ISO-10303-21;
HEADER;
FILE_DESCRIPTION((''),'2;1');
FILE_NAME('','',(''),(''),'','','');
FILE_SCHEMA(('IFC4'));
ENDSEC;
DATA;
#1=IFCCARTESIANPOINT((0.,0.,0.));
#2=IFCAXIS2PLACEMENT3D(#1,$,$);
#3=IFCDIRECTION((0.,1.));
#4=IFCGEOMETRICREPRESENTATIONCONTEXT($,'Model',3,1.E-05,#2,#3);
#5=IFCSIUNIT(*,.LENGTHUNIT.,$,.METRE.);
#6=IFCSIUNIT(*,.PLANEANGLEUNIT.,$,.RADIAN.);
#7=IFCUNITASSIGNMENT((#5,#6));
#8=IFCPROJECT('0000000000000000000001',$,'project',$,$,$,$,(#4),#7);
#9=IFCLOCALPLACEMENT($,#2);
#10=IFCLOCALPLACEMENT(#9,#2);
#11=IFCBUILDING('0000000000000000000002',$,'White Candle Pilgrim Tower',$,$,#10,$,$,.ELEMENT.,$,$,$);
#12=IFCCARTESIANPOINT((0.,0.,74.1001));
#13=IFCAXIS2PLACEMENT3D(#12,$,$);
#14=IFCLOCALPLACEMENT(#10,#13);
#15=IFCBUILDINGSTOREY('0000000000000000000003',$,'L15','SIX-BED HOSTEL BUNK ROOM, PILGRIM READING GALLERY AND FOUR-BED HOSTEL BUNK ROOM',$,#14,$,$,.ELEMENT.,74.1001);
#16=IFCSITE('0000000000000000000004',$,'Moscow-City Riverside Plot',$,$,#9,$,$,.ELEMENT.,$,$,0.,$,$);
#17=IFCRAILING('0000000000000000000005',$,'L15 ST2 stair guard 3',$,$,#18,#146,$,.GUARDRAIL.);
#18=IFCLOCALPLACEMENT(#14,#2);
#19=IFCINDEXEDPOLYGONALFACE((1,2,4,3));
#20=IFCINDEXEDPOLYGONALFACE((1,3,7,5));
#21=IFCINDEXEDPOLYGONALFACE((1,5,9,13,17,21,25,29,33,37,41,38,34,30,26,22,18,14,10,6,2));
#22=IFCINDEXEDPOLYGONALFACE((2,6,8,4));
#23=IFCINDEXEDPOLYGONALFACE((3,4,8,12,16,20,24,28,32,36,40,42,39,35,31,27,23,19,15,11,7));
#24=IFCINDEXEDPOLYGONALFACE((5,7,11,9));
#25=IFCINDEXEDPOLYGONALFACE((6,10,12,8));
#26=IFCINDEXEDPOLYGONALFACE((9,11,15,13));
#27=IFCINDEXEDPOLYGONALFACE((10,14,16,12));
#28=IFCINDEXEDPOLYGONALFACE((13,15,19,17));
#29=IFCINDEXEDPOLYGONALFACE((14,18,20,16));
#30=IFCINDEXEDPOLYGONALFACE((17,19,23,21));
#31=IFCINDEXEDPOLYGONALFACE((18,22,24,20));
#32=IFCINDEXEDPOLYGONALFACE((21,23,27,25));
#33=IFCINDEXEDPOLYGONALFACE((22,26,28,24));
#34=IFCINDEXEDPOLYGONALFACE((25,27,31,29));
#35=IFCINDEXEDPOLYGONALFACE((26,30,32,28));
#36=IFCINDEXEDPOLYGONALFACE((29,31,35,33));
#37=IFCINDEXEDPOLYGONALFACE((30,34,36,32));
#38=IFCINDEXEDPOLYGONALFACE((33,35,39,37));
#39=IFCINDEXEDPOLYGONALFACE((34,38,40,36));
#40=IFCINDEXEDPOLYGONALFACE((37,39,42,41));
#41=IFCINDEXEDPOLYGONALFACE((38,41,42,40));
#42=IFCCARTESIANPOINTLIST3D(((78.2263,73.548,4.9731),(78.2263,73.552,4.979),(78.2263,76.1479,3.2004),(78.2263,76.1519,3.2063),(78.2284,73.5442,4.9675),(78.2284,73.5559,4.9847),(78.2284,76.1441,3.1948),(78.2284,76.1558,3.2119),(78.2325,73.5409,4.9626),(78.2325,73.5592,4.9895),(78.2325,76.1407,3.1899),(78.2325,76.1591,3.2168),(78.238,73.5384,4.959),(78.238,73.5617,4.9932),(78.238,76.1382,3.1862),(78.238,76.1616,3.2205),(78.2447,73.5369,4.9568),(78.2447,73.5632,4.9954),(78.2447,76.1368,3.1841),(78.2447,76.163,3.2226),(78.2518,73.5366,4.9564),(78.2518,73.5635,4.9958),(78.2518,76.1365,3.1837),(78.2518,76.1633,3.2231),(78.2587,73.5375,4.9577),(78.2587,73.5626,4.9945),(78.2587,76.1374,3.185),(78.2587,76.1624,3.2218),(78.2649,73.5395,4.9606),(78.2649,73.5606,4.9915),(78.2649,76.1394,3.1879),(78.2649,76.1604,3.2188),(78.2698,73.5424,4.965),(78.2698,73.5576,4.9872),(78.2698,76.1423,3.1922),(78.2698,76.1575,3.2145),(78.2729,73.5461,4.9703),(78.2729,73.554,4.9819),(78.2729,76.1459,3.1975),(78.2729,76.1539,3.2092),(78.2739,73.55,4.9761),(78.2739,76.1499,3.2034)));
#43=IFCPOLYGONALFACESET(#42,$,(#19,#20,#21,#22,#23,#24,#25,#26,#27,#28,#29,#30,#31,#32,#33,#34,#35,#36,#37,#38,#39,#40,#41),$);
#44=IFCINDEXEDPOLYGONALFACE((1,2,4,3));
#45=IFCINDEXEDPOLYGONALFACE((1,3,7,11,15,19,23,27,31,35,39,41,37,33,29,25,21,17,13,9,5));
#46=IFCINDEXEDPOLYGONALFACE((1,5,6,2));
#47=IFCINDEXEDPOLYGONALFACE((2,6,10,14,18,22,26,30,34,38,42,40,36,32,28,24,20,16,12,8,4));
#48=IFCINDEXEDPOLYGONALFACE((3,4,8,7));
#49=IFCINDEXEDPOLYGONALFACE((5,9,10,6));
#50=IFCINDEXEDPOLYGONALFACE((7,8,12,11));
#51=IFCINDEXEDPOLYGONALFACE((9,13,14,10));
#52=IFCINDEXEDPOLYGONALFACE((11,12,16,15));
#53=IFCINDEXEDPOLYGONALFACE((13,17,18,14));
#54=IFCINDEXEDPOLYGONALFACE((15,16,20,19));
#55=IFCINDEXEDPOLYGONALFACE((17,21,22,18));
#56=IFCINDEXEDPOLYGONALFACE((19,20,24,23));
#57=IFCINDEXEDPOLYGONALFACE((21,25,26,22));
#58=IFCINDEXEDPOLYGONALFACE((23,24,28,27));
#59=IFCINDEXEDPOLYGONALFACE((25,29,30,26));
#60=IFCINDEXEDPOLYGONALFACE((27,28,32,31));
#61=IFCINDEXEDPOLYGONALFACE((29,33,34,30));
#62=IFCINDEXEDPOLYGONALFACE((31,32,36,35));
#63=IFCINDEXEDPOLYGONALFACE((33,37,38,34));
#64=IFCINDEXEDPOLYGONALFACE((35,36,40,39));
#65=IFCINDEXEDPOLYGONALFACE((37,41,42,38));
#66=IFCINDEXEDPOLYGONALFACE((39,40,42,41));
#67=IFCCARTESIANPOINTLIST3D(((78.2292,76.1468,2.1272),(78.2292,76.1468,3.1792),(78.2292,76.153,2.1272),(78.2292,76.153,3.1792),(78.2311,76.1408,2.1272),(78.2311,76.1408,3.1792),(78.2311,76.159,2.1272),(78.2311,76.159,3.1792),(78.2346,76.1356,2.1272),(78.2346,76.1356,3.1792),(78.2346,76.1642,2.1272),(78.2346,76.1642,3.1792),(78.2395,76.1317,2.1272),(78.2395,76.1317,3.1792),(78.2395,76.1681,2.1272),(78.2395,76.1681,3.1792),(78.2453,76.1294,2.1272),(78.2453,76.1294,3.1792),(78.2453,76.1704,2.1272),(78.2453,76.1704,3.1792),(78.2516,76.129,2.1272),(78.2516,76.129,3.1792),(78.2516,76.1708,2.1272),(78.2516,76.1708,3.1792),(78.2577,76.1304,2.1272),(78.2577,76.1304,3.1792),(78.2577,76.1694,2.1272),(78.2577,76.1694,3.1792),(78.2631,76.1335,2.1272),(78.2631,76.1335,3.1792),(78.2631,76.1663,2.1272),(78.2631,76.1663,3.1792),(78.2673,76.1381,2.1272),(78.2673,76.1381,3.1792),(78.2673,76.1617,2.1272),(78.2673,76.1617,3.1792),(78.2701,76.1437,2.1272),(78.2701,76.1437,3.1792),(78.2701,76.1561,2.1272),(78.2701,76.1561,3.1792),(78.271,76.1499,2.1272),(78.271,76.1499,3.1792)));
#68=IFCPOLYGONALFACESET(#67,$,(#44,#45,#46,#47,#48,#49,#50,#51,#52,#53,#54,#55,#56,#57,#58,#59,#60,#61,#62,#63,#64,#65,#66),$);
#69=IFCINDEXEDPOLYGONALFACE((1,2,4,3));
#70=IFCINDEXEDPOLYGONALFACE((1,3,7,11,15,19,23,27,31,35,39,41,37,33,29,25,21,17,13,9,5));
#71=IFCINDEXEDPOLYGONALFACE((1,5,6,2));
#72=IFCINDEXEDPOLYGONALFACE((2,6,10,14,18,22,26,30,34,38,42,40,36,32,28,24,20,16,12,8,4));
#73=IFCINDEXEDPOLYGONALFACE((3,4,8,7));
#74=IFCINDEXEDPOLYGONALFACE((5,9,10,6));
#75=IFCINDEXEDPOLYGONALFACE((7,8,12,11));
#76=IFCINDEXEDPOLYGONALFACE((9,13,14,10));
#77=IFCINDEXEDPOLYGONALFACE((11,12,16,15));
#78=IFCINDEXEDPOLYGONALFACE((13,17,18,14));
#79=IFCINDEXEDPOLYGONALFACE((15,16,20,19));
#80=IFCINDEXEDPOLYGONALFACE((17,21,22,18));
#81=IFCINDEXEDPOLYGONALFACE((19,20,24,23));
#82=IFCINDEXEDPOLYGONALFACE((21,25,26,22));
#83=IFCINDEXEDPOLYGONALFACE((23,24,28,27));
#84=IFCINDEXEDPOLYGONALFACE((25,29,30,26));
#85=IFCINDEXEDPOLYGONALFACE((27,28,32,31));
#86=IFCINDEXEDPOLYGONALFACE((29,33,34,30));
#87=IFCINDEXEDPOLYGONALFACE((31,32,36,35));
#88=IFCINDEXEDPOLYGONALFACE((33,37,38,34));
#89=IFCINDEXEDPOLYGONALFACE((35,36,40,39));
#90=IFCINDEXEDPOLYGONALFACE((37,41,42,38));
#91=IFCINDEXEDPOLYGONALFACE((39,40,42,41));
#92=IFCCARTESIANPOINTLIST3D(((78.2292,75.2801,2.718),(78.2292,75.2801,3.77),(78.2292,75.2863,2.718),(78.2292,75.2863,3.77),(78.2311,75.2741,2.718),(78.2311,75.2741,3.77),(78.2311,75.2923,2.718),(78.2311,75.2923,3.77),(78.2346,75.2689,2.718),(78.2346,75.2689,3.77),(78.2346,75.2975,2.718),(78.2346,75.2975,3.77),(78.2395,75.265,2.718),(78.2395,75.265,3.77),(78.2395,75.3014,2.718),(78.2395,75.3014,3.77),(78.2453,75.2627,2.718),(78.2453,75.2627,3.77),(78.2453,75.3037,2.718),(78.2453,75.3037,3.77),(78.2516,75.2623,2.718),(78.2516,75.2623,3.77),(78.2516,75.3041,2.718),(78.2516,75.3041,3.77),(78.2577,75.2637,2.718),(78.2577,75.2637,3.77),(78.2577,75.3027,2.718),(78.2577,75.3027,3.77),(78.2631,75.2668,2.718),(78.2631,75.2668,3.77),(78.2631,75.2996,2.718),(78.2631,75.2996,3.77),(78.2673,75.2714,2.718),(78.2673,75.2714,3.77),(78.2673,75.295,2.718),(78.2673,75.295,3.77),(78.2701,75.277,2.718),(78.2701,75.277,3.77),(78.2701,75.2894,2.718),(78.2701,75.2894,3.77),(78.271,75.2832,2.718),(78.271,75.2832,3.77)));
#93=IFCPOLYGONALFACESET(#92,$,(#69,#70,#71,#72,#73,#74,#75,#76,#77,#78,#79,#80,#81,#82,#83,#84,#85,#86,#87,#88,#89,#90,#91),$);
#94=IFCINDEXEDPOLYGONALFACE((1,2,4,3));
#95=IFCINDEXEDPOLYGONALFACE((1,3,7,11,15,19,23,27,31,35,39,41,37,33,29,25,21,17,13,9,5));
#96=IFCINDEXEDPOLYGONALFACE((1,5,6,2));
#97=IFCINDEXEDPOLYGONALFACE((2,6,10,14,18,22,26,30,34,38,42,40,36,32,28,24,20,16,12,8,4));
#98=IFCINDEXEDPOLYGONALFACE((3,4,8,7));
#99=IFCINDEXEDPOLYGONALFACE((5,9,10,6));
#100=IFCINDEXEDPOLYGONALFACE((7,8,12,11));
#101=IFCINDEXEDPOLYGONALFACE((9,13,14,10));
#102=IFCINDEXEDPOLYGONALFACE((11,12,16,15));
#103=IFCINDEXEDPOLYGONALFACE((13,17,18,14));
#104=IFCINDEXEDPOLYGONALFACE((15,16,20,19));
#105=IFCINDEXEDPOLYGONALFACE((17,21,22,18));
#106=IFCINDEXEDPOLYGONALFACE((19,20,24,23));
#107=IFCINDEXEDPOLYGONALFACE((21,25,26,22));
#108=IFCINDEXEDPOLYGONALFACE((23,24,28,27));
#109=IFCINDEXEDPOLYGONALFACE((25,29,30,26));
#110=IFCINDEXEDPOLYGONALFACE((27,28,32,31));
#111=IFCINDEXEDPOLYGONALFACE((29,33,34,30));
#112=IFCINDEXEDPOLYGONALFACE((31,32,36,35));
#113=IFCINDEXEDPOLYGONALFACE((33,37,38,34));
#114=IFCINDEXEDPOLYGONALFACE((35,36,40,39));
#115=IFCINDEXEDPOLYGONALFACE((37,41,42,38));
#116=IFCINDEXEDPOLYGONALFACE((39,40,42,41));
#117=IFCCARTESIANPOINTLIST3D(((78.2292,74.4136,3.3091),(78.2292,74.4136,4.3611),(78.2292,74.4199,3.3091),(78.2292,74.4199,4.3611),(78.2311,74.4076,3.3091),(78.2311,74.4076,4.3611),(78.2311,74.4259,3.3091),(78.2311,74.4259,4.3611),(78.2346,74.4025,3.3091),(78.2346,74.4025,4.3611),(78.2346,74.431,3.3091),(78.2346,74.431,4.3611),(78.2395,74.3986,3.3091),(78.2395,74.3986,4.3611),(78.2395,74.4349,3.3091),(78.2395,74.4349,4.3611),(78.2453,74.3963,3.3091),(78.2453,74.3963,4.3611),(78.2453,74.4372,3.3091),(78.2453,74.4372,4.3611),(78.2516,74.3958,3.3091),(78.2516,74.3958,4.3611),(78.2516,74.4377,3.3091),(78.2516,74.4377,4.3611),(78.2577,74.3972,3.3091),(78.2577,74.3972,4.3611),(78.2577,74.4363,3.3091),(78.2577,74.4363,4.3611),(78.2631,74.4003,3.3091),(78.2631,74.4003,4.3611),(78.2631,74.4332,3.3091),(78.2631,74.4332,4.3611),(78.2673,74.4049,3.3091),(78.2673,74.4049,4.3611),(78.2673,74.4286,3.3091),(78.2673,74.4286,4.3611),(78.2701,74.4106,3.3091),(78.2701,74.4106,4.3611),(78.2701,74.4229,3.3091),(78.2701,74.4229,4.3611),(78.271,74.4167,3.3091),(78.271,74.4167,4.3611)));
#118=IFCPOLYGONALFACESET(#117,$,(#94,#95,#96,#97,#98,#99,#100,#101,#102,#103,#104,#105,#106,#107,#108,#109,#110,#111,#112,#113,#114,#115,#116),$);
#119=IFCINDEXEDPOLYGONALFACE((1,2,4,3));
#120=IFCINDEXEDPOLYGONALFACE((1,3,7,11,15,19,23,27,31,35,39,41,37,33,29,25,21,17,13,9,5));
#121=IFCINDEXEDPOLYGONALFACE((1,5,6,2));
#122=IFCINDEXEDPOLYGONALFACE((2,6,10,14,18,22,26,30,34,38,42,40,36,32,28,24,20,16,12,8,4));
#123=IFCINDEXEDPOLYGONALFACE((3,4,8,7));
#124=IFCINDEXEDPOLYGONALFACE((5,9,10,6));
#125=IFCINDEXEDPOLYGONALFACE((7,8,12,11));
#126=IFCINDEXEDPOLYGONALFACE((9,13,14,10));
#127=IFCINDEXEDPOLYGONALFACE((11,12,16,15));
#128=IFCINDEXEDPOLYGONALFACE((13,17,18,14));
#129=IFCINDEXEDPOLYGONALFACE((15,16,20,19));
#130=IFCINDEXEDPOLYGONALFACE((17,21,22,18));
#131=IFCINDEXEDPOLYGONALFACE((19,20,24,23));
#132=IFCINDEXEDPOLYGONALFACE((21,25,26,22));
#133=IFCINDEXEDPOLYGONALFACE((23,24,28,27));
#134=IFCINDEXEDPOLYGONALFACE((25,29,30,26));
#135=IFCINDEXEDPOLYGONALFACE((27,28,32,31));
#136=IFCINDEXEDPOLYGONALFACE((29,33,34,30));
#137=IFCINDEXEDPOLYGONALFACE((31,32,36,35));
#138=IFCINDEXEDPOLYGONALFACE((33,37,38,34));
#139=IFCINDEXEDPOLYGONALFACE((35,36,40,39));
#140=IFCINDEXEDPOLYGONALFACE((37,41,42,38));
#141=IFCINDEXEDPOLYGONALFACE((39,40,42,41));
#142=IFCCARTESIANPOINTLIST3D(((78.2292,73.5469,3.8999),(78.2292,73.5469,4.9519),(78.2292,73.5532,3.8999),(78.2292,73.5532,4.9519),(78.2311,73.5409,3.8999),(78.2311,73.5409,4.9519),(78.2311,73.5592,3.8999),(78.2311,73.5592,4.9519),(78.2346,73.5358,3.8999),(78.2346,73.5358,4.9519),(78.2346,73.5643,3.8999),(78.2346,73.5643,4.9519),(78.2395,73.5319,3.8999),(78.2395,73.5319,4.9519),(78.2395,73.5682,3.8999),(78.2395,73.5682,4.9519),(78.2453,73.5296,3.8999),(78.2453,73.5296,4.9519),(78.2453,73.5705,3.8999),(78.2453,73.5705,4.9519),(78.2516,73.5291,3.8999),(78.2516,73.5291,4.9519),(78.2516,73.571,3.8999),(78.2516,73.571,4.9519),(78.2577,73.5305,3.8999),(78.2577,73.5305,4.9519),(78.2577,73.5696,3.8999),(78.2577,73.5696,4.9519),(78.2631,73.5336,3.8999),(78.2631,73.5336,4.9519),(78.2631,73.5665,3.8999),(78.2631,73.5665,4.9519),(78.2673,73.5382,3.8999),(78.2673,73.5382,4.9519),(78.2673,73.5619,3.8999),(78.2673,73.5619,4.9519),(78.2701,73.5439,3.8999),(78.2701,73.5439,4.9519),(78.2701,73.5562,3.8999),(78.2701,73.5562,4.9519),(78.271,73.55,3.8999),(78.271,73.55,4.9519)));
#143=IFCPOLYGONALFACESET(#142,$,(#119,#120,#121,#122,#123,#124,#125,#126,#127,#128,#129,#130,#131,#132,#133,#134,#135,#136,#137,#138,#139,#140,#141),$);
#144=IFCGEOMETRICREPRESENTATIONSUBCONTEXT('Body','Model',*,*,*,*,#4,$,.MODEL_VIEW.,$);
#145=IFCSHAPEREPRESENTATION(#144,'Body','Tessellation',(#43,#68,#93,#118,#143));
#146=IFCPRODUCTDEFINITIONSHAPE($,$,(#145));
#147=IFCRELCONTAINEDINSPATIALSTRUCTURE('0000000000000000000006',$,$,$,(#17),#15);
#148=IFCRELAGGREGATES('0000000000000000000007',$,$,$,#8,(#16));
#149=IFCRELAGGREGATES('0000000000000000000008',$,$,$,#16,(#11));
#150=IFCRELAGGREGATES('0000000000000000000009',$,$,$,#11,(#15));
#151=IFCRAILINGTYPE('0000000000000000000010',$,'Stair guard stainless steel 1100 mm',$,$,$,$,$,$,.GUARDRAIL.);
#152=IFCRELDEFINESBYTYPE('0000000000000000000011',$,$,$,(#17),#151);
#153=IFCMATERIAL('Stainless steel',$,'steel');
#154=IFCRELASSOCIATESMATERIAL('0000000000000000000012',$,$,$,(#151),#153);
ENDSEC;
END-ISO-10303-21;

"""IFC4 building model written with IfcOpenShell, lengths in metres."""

from ifc_helpers import new_model, si_unit, direction, frame, origin, origin_2d, place, context, subcontext, project, spatial, circle, extrude, material, type_object, element, save


model = new_model("IFC4")

# Units and contexts
model_context = context("Model", 3, precision=1e-05, world=origin(), true_north=direction((0.0, 1.0)))
body_context = subcontext(model_context, "Body", "Model", "MODEL_VIEW")
ifc_project = project(units=[si_unit("LENGTHUNIT", "METRE"), si_unit("PLANEANGLEUNIT", "RADIAN")], contexts=[model_context])

# Site, building, storey
site_placement = place(None, origin())
site = spatial("IfcSite", under=ifc_project, at=site_placement, Name="Moscow-City Riverside Plot", CompositionType="ELEMENT", RefElevation=0.0)
building_placement = place(site_placement, origin())
building = spatial("IfcBuilding", under=site, at=building_placement, Name="White Candle Pilgrim Tower", CompositionType="ELEMENT")
storey_placement = place(building_placement, frame((0.0, 0.0, 74.1001)))
storey = spatial("IfcBuildingStorey", under=building, at=storey_placement, Name="L15", Description="SIX-BED HOSTEL BUNK ROOM, PILGRIM READING GALLERY AND FOUR-BED HOSTEL BUNK ROOM", CompositionType="ELEMENT", Elevation=74.1001)

# Railing
ifc_material_1 = material(Name="Stainless steel", Category="steel")
railing_type = type_object("IfcRailingType", Name="Stair guard stainless steel 1100 mm", PredefinedType="GUARDRAIL", material=ifc_material_1)
railing_1_placement = place(storey_placement, frame((78.25, 76.1499, 2.1272)))
element("IfcRailing", 1, at=railing_1_placement, inside=storey, type_object=railing_type, Name="L15 ST2 stair guard 3", PredefinedType="GUARDRAIL", context=body_context, shape_type="SweptSolid", body=[
    extrude(circle(Radius=0.0239, at=origin_2d()), frame((0.0, 0.0, 1.0762), z_axis=(0.0, -0.826216, 0.563354), x_axis=(1.0, 0.0, 0.0)), (0.0, 0.0, 1.0), 3.1467),
    extrude(circle(Radius=0.021, at=origin_2d()), origin(), (0.0, 0.0, 1.0), 1.052),
    extrude(circle(Radius=0.021, at=origin_2d()), frame((0.0, -0.8667, 0.5908)), (0.0, 0.0, 1.0), 1.052),
    extrude(circle(Radius=0.021, at=origin_2d()), frame((0.0, -1.7332, 1.1819)), (0.0, 0.0, 1.0), 1.052),
    extrude(circle(Radius=0.021, at=origin_2d()), frame((0.0, -2.5999, 1.7727)), (0.0, 0.0, 1.0), 1.052),
])

save(model, "model.ifc")
